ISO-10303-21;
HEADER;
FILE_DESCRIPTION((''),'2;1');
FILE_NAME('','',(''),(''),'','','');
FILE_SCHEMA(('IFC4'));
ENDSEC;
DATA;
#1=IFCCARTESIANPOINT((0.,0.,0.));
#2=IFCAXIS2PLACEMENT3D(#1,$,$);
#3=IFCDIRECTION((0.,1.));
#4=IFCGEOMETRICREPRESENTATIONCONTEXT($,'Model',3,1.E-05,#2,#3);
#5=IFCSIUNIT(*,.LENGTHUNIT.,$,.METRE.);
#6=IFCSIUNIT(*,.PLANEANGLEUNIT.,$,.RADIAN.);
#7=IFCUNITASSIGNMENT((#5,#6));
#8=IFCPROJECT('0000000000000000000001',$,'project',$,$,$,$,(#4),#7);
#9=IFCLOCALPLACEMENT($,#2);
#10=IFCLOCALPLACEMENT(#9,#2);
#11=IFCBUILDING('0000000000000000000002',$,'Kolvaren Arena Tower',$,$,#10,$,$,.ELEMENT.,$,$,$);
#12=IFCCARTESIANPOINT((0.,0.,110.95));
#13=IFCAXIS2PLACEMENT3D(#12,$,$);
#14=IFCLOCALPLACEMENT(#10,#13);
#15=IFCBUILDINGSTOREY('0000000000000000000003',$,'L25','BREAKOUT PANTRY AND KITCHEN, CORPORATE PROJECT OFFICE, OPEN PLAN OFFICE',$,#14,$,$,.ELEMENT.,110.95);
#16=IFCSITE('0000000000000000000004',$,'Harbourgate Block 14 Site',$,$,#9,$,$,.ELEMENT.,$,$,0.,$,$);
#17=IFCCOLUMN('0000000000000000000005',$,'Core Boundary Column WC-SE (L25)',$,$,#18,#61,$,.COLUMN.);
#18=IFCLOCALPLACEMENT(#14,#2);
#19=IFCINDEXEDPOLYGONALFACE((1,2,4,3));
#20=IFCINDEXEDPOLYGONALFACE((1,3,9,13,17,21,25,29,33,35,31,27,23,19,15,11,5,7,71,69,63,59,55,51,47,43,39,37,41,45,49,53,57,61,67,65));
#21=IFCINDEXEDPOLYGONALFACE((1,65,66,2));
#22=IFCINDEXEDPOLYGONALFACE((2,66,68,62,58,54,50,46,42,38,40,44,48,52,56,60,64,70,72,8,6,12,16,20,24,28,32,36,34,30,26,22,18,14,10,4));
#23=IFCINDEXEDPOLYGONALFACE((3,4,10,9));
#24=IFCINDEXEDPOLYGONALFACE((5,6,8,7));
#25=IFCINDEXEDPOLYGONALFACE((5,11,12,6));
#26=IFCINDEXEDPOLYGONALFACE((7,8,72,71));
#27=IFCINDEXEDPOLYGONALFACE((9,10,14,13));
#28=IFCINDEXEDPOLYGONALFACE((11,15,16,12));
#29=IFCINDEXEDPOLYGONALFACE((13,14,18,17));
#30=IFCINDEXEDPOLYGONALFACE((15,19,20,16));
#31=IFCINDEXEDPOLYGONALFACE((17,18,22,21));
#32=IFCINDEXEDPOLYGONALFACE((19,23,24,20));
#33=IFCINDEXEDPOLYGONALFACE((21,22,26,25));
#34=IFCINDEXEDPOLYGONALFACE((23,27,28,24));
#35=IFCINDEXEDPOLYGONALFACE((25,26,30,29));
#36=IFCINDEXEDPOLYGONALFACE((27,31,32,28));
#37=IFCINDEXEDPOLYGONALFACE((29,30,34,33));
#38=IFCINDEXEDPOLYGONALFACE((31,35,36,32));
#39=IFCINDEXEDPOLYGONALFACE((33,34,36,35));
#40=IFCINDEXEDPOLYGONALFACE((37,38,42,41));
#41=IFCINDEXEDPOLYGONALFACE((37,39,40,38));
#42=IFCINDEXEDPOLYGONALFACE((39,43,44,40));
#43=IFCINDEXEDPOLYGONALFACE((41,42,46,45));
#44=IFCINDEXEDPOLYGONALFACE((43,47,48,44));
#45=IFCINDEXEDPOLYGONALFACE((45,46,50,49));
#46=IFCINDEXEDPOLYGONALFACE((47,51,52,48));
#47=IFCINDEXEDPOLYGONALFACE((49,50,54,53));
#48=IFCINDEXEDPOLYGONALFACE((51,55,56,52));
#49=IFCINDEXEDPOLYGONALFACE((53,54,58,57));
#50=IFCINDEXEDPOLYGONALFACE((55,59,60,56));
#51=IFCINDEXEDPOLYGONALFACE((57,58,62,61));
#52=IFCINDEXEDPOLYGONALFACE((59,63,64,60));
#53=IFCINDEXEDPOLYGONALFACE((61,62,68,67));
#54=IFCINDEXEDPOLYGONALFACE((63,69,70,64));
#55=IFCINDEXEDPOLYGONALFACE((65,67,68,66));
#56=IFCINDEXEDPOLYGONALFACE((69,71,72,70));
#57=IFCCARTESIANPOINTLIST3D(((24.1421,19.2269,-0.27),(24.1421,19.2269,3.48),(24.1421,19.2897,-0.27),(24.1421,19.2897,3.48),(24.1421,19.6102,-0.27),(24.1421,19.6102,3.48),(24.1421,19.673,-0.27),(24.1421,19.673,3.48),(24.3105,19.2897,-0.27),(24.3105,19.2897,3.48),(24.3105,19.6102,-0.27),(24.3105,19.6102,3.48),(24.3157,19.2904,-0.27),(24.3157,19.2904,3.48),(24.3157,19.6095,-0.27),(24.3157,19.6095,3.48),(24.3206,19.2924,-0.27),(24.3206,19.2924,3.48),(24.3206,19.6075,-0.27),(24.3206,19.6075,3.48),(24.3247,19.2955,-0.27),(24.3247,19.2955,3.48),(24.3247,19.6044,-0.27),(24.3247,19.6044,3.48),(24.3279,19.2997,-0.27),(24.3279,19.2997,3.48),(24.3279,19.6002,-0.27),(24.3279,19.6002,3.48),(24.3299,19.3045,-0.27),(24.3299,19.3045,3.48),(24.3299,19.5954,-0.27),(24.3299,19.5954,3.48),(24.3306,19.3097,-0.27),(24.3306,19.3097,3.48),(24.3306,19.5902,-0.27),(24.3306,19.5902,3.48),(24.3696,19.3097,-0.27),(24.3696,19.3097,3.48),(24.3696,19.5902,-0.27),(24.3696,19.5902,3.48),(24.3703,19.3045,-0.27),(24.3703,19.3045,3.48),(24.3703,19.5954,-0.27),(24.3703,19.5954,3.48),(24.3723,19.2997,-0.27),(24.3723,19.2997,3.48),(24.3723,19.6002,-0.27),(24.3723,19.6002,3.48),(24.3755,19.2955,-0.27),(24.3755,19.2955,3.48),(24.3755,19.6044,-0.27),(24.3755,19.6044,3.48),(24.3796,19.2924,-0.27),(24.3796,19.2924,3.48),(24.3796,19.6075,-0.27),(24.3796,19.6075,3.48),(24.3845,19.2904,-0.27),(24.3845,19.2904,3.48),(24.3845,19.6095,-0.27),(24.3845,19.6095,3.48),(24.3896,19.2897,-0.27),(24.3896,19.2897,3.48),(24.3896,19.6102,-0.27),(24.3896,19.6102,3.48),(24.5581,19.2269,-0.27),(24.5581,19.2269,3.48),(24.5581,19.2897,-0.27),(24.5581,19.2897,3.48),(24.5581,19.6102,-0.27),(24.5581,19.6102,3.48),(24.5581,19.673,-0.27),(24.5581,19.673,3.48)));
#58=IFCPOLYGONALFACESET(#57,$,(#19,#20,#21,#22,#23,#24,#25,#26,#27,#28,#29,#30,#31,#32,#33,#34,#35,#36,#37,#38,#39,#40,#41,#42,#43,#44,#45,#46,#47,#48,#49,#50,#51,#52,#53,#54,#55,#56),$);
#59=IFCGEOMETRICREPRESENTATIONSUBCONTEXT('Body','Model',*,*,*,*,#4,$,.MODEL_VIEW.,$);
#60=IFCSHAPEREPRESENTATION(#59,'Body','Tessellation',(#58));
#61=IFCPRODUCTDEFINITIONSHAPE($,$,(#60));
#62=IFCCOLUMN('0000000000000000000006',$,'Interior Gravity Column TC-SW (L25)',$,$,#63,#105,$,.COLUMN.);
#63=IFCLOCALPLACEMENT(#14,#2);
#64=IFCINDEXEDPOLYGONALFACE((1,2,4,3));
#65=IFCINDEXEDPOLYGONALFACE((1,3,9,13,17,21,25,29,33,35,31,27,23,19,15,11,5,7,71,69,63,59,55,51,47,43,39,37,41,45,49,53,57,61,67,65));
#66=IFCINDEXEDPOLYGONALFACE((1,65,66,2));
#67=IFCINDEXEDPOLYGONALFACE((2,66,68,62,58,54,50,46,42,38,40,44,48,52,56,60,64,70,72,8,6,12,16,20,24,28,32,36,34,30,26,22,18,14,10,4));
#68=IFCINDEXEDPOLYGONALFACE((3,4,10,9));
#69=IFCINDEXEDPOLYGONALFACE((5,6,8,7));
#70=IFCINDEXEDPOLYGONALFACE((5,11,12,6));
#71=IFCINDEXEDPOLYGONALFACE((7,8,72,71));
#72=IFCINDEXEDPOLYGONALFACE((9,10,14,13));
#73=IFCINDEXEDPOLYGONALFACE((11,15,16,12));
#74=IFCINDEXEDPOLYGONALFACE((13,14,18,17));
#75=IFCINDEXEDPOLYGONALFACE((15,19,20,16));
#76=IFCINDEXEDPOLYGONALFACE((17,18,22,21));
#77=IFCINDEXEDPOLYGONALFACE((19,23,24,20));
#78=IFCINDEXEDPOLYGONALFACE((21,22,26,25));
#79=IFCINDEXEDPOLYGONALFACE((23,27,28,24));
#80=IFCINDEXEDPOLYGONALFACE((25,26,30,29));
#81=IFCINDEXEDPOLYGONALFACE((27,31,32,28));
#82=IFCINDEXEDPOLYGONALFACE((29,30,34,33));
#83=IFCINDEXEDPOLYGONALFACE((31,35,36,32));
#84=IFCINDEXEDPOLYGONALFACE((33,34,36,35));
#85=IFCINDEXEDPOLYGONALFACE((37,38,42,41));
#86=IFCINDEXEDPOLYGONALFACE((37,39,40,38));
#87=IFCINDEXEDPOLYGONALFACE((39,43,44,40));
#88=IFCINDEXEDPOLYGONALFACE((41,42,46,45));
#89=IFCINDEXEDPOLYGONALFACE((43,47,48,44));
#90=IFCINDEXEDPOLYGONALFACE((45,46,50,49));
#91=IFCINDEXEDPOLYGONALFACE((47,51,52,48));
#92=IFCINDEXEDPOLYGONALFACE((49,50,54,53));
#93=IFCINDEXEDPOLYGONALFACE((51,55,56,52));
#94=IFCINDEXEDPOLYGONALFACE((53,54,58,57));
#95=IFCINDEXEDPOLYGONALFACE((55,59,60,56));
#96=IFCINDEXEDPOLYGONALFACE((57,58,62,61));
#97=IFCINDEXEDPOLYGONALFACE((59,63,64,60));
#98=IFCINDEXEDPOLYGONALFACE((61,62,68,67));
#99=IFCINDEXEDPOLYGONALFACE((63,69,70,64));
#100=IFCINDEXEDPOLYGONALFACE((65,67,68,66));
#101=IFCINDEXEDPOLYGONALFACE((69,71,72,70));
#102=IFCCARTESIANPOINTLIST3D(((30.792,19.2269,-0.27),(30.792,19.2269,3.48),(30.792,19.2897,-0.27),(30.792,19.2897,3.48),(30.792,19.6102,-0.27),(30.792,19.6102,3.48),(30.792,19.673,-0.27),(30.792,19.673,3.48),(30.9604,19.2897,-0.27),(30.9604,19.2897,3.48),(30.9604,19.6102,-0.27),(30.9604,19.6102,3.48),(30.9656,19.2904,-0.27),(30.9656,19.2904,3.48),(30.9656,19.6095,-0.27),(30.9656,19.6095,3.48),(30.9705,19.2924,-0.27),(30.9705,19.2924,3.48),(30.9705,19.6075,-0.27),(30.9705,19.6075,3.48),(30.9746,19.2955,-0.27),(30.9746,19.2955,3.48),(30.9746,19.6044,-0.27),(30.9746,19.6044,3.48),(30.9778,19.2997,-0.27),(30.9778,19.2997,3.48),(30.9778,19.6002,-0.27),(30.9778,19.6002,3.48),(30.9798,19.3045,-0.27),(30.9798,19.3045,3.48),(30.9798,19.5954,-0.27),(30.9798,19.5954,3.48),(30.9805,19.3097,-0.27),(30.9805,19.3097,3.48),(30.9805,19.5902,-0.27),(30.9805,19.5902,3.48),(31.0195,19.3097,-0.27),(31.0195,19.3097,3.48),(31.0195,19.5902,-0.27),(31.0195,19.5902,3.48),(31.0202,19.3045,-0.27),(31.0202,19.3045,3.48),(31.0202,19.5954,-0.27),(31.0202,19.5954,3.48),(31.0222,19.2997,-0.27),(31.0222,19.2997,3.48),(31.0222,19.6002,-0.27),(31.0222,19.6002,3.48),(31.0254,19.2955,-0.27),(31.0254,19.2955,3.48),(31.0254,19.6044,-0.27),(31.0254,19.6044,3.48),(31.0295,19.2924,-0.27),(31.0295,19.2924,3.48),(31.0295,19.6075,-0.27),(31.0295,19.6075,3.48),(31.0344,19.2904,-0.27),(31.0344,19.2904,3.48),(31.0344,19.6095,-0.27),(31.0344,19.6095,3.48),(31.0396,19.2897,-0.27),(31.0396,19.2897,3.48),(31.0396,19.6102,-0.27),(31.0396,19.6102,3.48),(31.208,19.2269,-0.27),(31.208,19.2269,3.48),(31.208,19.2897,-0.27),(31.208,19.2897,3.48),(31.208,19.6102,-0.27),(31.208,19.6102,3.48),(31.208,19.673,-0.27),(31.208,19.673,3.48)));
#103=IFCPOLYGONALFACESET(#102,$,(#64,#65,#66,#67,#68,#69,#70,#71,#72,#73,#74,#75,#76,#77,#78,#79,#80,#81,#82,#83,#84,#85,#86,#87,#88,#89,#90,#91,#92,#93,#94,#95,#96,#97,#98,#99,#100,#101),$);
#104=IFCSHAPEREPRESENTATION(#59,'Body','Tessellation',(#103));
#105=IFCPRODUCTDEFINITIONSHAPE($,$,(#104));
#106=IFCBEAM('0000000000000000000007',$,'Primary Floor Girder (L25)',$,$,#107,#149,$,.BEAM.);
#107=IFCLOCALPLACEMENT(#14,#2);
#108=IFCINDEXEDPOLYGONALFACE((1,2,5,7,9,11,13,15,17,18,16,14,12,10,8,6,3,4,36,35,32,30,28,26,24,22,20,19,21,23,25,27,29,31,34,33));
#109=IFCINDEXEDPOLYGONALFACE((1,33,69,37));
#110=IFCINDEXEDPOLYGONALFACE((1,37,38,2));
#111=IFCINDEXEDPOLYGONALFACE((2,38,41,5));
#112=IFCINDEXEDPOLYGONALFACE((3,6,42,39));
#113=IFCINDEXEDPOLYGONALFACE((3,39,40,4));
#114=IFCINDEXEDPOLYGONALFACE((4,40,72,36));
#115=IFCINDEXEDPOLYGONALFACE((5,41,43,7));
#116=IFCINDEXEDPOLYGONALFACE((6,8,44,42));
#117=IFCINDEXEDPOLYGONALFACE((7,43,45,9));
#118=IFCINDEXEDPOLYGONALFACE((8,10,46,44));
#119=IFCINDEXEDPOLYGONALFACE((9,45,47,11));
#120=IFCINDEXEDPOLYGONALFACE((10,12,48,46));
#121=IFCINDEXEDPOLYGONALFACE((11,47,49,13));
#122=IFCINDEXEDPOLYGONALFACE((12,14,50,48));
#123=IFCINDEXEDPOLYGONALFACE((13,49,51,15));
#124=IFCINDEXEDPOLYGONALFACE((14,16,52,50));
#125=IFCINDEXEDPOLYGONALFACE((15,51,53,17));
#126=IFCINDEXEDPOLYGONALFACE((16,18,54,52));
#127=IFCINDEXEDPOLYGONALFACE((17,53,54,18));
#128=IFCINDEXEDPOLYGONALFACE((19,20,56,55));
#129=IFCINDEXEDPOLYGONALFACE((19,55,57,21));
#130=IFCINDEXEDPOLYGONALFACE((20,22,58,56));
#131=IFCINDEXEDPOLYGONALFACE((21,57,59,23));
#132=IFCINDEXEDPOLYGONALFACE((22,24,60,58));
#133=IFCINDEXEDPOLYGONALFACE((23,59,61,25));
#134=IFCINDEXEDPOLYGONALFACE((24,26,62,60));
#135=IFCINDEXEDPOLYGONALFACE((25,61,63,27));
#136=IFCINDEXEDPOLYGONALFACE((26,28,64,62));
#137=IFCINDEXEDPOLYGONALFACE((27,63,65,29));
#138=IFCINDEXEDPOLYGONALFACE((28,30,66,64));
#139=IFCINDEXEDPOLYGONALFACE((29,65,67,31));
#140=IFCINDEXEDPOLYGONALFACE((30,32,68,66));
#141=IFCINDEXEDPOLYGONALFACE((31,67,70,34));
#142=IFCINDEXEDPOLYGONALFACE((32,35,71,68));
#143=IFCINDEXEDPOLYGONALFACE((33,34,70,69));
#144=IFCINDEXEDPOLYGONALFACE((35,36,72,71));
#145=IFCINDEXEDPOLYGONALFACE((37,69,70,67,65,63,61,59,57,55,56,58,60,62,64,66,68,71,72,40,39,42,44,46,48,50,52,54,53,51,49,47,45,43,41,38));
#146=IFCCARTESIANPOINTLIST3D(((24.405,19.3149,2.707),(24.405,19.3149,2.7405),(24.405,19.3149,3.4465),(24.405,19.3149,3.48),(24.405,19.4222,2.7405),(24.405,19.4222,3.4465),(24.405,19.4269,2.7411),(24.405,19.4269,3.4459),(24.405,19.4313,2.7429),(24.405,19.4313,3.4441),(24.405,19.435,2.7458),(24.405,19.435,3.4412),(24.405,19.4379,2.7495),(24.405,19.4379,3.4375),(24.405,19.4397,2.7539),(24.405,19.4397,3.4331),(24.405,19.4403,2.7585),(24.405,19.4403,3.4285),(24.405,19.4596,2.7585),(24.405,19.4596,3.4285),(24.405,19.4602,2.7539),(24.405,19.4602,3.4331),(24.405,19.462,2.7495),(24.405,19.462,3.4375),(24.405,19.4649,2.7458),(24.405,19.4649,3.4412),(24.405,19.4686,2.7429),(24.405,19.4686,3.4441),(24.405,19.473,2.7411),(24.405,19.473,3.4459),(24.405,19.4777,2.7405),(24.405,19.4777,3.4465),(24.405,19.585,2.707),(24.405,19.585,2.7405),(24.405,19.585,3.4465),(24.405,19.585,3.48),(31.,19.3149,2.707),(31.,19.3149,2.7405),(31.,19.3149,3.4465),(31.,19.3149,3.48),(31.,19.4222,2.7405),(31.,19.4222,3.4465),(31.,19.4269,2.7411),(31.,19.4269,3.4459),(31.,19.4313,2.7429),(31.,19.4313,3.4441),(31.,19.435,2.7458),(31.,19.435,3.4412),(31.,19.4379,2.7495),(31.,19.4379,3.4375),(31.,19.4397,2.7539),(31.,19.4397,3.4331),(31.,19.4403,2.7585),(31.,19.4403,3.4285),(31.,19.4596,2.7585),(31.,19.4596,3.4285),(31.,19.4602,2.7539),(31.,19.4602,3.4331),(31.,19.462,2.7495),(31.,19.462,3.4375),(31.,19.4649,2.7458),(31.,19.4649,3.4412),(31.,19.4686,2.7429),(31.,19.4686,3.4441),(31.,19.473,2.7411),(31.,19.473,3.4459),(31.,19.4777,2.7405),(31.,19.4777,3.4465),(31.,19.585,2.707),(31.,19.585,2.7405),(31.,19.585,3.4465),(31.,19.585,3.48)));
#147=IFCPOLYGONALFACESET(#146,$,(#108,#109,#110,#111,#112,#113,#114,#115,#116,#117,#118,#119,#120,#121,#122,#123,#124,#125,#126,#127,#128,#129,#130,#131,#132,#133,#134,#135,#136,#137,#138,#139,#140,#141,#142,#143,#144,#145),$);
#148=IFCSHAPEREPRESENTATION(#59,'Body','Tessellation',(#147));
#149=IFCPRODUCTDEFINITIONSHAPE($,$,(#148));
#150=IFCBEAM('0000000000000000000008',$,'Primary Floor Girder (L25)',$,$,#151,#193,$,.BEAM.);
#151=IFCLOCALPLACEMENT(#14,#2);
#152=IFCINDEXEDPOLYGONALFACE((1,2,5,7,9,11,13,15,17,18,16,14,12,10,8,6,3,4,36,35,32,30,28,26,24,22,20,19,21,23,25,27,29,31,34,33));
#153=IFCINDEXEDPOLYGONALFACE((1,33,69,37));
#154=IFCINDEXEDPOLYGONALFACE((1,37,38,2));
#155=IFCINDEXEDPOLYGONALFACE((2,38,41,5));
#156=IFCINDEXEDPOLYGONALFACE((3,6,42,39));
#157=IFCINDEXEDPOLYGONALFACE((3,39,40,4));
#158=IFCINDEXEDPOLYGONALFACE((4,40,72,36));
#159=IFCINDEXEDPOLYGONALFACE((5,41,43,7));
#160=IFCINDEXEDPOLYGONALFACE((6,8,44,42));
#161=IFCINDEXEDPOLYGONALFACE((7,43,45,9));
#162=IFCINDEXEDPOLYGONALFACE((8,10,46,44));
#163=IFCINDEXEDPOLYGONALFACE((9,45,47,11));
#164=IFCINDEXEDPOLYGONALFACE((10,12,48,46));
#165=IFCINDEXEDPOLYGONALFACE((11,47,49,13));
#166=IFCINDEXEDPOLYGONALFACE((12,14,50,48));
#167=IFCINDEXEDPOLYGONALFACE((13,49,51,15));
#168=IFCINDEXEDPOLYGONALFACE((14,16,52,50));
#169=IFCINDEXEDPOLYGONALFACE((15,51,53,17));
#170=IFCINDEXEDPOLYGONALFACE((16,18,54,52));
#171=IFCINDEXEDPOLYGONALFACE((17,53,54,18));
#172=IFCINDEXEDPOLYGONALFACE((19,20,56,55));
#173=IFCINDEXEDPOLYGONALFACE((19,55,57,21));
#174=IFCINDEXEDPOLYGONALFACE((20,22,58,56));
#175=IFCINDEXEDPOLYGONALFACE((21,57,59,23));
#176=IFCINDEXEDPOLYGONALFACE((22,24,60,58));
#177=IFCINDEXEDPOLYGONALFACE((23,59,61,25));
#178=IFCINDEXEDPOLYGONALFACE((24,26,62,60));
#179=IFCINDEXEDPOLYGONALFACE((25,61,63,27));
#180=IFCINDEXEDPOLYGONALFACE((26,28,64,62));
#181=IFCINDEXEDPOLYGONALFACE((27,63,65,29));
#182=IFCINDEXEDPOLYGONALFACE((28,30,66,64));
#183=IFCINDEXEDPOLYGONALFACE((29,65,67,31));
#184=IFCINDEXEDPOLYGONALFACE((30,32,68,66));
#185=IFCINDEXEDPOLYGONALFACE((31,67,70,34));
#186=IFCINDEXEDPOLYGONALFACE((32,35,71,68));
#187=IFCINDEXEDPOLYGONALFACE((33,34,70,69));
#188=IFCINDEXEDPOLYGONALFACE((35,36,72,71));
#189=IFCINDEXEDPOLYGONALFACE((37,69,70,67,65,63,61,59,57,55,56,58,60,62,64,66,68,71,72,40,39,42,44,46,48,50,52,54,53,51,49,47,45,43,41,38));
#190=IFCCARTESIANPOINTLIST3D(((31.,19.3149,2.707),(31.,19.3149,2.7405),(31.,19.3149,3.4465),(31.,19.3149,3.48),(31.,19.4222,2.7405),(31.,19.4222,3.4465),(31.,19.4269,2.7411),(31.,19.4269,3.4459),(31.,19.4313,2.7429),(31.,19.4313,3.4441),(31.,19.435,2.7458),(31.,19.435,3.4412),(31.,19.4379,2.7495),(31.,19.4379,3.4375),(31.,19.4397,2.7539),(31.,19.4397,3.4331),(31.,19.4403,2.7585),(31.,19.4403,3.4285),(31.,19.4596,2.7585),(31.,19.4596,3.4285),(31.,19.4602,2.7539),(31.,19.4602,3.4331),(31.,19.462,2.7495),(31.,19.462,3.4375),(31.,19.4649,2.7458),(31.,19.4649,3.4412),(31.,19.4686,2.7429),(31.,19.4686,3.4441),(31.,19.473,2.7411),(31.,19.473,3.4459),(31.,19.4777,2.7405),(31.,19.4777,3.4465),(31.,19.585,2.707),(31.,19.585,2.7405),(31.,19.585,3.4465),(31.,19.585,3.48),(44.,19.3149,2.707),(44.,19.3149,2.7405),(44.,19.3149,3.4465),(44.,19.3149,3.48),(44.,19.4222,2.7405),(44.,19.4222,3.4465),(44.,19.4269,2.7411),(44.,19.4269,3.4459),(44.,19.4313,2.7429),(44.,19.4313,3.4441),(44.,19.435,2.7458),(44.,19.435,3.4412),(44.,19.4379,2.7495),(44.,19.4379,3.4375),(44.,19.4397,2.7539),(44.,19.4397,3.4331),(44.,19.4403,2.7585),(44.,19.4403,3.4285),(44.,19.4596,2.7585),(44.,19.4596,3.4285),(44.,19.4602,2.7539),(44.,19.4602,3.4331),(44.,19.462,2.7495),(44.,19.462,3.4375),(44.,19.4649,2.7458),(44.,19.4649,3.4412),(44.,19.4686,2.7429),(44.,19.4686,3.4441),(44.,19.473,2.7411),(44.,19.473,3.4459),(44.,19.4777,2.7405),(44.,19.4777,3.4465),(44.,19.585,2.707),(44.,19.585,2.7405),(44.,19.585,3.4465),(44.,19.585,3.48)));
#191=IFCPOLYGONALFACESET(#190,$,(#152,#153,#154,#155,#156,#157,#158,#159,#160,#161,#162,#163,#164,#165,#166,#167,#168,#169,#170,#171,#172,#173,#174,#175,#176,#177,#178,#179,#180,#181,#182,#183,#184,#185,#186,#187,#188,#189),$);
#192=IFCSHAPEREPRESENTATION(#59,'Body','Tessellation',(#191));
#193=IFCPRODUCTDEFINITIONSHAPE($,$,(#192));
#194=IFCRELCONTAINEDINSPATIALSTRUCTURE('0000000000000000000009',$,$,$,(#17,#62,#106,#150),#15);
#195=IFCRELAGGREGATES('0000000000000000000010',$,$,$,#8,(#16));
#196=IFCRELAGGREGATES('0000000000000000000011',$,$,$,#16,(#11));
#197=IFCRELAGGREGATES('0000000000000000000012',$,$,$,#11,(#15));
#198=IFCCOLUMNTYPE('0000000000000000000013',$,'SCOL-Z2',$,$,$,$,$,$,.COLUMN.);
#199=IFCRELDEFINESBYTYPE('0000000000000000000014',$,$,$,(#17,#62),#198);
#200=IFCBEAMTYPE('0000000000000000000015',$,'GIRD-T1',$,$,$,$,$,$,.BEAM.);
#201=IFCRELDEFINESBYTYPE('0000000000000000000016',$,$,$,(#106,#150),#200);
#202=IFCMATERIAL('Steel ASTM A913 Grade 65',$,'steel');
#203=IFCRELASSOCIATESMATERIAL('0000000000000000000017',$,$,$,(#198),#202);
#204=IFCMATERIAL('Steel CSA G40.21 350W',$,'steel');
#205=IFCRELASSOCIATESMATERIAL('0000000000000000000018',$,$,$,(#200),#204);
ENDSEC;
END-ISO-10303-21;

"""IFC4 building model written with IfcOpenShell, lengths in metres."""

from ifc_helpers import new_model, si_unit, direction, frame, origin, origin_2d, place, context, subcontext, project, spatial, i_section, extrude, material, material_profile, profile_set, type_object, element, save


model = new_model("IFC4")

# Units and contexts
model_context = context("Model", 3, precision=1e-05, world=origin(), true_north=direction((0.0, 1.0)))
body_context = subcontext(model_context, "Body", "Model", "MODEL_VIEW")
ifc_project = project(units=[si_unit("LENGTHUNIT", "METRE"), si_unit("PLANEANGLEUNIT", "RADIAN")], contexts=[model_context])

# Site, building, storey
site_placement = place(None, origin())
site = spatial("IfcSite", under=ifc_project, at=site_placement, Name="Harbourgate Block 14 Site", CompositionType="ELEMENT", RefElevation=0.0)
building_placement = place(site_placement, origin())
building = spatial("IfcBuilding", under=site, at=building_placement, Name="Kolvaren Arena Tower", CompositionType="ELEMENT")
storey_placement = place(building_placement, frame((0.0, 0.0, 110.95)))
storey = spatial("IfcBuildingStorey", under=building, at=storey_placement, Name="L25", Description="BREAKOUT PANTRY AND KITCHEN, CORPORATE PROJECT OFFICE, OPEN PLAN OFFICE", CompositionType="ELEMENT", Elevation=110.95)

# Columns
ifc_material_1 = material(Name="Steel ASTM A913 Grade 65", Category="steel")
ifc_material_profile_1 = material_profile(ifc_material_1, i_section(OverallWidth=0.416, OverallDepth=0.446, WebThickness=0.0391, FlangeThickness=0.0627, FilletRadius=0.02, at=origin_2d()), Name="W360x509")
ifc_profile_set_1 = profile_set([ifc_material_profile_1], Name="Steel ASTM A913 Grade 65")
column_type = type_object("IfcColumnType", Name="SCOL-Z2", PredefinedType="COLUMN", material=ifc_profile_set_1)
for number, where, z_axis, x_axis, name in (
    (1, (24.3501, 19.45, -0.27), (0.0, 0.0, 1.0), (1.0, 0.0, 0.0), "Core Boundary Column WC-SE (L25)"),
    (2, (31.0, 19.45, -0.27), (0.0, 0.0, 1.0), (1.0, 0.0, 0.0), "Interior Gravity Column TC-SW (L25)"),
):
    element("IfcColumn", number, at=place(storey_placement, frame(where, z_axis=z_axis, x_axis=x_axis)), inside=storey, type_object=column_type, Name=name, PredefinedType="COLUMN", context=body_context, shape_type="SweptSolid", body=[
        extrude(i_section(OverallWidth=0.416, OverallDepth=0.446, WebThickness=0.0391, FlangeThickness=0.0627, FilletRadius=0.02, at=origin_2d()), origin(), (0.0, 0.0, 1.0), 3.75),
    ])

# Beams
ifc_material_2 = material(Name="Steel CSA G40.21 350W", Category="steel")
ifc_material_profile_2 = material_profile(ifc_material_2, i_section(OverallWidth=0.27, OverallDepth=0.7729, WebThickness=0.0193, FlangeThickness=0.0334, FilletRadius=0.0181, at=origin_2d()), Name="W760x257")
ifc_profile_set_2 = profile_set([ifc_material_profile_2], Name="Steel CSA G40.21 350W")
beam_type_1 = type_object("IfcBeamType", Name="GIRD-T1", PredefinedType="BEAM", material=ifc_profile_set_2)
beam_1_placement = place(storey_placement, frame((24.405, 19.45, 3.0935), z_axis=(1.0, 0.0, 0.0), x_axis=(0.0, 1.0, 0.0)))
element("IfcBeam", 3, at=beam_1_placement, inside=storey, type_object=beam_type_1, Name="Primary Floor Girder (L25)", PredefinedType="BEAM", context=body_context, shape_type="SweptSolid", body=[
    extrude(i_section(OverallWidth=0.27, OverallDepth=0.7729, WebThickness=0.0193, FlangeThickness=0.0334, FilletRadius=0.0181, at=origin_2d()), origin(), (0.0, 0.0, 1.0), 6.595),
])
beam_2_placement = place(storey_placement, frame((31.0, 19.45, 3.0935), z_axis=(1.0, 0.0, 0.0), x_axis=(0.0, 1.0, 0.0)))
element("IfcBeam", 4, at=beam_2_placement, inside=storey, type_object=beam_type_1, Name="Primary Floor Girder (L25)", PredefinedType="BEAM", context=body_context, shape_type="SweptSolid", body=[
    extrude(i_section(OverallWidth=0.27, OverallDepth=0.7729, WebThickness=0.0193, FlangeThickness=0.0334, FilletRadius=0.0181, at=origin_2d()), origin(), (0.0, 0.0, 1.0), 13.0),
])

save(model, "model.ifc")
